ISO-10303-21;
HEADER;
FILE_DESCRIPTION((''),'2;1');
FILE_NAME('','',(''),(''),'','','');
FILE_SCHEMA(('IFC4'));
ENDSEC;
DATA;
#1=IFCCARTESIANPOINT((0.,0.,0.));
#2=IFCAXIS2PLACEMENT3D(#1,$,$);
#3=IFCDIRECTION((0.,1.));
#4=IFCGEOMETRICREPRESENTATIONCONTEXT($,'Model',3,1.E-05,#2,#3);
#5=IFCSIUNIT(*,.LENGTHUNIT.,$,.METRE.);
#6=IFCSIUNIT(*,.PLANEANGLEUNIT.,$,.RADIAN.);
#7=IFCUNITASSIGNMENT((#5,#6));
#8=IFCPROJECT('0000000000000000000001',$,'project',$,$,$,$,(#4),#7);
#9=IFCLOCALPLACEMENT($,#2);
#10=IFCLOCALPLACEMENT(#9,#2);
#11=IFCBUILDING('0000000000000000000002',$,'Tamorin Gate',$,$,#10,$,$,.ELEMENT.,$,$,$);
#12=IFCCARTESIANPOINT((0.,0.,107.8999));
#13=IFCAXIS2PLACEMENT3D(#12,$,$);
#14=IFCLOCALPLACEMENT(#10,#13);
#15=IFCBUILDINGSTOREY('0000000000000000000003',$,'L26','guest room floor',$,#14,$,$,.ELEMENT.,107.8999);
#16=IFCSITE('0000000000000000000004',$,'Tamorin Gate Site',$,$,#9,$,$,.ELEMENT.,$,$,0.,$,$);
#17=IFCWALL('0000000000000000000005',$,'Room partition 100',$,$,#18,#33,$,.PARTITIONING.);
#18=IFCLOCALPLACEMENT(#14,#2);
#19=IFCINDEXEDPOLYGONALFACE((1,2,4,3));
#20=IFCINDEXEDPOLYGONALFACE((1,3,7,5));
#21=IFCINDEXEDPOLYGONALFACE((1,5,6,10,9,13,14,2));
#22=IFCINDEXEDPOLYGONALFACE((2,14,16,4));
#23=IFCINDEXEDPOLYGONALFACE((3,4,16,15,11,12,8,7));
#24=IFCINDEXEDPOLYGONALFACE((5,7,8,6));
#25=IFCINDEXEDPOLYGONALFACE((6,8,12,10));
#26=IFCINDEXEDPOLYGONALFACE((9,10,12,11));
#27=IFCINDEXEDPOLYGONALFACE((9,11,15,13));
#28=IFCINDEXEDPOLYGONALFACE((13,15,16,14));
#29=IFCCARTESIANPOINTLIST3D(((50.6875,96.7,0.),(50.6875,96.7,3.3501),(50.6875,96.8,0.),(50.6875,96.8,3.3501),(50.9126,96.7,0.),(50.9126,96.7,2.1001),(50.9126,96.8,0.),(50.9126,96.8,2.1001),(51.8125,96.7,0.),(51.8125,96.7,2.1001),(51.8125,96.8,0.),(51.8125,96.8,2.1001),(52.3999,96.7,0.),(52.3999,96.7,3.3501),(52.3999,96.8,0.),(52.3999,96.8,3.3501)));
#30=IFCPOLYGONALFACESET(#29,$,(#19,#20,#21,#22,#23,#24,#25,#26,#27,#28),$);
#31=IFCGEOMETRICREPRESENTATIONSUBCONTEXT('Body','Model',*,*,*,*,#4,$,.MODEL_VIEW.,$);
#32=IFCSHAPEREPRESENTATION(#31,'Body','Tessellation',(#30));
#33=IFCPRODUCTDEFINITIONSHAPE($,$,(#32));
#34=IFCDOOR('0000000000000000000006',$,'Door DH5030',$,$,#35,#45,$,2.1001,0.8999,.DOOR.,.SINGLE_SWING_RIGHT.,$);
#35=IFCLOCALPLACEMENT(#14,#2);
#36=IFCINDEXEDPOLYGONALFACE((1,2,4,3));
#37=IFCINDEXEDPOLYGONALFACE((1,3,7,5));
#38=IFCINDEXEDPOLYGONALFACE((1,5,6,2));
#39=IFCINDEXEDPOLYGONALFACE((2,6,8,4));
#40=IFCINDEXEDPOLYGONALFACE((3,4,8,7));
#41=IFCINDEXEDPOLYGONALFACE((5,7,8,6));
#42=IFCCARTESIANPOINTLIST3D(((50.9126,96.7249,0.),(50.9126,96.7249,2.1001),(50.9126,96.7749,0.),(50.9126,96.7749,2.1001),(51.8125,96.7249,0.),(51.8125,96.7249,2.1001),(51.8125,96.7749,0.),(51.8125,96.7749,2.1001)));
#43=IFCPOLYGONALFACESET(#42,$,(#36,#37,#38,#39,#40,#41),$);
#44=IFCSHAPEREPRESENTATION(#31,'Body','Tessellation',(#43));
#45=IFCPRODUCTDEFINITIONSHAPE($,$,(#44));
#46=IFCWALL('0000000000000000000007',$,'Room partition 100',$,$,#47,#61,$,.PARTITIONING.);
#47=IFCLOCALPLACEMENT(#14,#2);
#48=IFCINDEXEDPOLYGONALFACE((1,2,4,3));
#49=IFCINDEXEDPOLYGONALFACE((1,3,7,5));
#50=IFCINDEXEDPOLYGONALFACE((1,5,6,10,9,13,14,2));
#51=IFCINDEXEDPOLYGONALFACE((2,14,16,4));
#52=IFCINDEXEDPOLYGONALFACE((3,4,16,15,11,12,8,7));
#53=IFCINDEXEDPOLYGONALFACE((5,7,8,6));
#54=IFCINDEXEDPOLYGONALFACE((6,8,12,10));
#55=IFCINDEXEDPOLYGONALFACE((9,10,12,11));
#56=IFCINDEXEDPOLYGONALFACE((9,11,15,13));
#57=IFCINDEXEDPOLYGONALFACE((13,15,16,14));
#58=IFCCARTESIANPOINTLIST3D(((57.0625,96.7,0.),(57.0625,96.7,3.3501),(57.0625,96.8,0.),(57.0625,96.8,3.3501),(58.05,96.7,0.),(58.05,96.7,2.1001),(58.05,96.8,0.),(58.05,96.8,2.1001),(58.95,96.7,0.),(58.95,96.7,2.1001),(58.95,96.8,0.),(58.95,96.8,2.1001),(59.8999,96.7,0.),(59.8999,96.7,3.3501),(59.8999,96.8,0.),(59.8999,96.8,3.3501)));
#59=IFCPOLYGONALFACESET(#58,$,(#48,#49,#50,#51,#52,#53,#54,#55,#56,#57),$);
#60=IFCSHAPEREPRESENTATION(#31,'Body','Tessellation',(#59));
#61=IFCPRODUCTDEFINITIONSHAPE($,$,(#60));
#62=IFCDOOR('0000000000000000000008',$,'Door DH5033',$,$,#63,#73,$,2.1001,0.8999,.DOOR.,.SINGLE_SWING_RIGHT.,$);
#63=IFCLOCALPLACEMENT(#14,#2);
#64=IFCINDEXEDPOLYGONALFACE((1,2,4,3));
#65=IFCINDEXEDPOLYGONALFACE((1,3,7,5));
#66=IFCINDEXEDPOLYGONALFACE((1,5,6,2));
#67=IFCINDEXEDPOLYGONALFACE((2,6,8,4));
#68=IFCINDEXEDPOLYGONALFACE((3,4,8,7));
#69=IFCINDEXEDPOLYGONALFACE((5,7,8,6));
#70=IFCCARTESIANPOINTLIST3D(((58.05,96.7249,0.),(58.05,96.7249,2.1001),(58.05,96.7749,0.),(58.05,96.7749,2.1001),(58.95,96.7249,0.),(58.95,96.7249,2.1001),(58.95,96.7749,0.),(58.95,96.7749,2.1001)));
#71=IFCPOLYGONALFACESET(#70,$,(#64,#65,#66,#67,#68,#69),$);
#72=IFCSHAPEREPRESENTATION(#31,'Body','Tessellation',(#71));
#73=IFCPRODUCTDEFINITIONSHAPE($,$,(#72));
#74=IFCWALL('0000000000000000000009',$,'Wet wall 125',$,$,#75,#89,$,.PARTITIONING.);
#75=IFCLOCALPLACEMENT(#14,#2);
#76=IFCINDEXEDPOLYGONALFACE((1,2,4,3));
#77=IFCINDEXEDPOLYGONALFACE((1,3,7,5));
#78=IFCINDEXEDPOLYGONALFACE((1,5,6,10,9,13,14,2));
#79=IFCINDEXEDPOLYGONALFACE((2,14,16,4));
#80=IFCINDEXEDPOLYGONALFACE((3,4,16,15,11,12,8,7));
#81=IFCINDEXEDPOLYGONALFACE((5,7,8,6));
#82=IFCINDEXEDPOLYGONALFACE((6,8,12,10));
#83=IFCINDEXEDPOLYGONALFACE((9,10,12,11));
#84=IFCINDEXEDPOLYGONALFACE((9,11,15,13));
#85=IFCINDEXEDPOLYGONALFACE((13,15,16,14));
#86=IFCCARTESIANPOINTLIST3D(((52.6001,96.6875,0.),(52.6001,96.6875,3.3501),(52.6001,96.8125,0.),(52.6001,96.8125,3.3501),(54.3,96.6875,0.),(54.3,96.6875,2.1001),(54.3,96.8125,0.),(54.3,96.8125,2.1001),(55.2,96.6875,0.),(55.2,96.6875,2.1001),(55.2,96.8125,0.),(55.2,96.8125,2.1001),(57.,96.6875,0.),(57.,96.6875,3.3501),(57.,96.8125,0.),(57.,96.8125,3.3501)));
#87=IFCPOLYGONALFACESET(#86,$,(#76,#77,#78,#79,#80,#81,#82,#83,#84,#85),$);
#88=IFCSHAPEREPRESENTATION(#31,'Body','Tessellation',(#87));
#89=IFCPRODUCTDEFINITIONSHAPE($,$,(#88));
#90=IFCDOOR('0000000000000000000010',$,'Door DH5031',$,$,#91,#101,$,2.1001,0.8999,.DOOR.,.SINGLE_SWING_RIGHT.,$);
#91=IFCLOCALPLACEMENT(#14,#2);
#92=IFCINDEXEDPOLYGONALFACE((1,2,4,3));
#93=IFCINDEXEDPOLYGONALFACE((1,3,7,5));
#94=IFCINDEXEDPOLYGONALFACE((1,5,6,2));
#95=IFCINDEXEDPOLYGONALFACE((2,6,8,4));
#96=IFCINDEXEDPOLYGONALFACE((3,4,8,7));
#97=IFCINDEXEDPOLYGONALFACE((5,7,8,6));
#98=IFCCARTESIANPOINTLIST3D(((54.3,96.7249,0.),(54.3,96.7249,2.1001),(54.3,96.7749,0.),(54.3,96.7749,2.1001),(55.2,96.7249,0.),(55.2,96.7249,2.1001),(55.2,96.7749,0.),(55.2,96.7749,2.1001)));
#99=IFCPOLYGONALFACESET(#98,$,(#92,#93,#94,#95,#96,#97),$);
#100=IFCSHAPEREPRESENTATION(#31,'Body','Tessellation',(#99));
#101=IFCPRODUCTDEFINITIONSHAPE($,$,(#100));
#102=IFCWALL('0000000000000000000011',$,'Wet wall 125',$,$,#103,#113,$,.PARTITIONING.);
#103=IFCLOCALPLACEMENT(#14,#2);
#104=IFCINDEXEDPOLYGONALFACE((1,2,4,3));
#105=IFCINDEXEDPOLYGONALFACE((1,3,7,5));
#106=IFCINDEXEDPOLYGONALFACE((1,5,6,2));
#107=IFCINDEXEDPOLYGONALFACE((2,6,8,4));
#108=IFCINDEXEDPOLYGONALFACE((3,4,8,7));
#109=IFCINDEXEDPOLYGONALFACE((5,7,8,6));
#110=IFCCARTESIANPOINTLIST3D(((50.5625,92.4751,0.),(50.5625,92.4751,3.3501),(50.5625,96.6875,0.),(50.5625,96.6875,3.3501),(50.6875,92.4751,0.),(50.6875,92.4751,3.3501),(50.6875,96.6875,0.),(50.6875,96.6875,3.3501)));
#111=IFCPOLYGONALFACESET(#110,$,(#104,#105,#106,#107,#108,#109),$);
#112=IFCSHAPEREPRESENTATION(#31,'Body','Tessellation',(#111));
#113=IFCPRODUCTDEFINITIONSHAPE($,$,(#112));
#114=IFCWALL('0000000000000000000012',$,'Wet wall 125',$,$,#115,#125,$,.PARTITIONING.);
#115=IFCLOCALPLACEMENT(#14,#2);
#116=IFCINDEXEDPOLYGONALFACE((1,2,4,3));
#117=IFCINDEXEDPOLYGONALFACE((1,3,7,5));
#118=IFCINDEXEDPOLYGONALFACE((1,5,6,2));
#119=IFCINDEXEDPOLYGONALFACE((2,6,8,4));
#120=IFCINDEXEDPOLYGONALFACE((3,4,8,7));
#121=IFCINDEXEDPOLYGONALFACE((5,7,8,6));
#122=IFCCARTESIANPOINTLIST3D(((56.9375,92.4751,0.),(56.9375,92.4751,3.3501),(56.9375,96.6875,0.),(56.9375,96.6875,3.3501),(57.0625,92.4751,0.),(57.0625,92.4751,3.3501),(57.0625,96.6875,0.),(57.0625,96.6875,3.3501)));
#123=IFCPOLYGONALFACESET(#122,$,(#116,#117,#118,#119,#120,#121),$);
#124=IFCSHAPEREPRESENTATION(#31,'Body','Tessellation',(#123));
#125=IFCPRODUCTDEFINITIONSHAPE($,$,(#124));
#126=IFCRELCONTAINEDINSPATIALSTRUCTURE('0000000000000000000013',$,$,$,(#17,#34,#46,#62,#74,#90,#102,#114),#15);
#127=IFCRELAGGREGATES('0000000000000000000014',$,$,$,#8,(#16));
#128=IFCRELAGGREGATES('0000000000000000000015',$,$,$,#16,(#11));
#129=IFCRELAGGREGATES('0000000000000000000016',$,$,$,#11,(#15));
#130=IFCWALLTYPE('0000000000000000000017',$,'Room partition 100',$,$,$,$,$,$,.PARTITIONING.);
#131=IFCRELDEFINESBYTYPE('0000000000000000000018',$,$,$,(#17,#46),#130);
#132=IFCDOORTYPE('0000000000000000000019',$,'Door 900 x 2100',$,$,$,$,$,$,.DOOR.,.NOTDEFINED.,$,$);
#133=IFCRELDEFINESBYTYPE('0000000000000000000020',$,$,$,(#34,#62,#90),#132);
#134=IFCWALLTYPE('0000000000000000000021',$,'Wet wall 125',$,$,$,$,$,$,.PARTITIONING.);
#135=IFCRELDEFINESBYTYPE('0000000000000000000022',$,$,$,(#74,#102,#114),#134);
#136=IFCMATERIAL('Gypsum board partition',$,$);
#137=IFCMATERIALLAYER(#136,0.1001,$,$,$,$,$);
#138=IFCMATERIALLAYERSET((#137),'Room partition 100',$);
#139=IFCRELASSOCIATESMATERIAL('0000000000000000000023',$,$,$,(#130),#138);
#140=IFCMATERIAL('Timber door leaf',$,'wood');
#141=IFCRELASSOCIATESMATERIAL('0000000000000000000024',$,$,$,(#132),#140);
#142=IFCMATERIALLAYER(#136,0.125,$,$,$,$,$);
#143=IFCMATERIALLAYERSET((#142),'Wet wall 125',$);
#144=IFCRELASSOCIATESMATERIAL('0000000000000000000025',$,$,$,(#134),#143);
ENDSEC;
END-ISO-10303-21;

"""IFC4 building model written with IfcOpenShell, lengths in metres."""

from ifc_helpers import new_model, si_unit, direction, frame, frame_2d, origin, place, context, subcontext, project, spatial, rectangle, extrude, material, layer, layer_set, type_object, element, fill, save


model = new_model("IFC4")

# Units and contexts
model_context = context("Model", 3, precision=1e-05, world=origin(), true_north=direction((0.0, 1.0)))
body_context = subcontext(model_context, "Body", "Model", "MODEL_VIEW")
ifc_project = project(units=[si_unit("LENGTHUNIT", "METRE"), si_unit("PLANEANGLEUNIT", "RADIAN")], contexts=[model_context])

# Site, building, storey
site_placement = place(None, origin())
site = spatial("IfcSite", under=ifc_project, at=site_placement, Name="Tamorin Gate Site", CompositionType="ELEMENT", RefElevation=0.0)
building_placement = place(site_placement, origin())
building = spatial("IfcBuilding", under=site, at=building_placement, Name="Tamorin Gate", CompositionType="ELEMENT")
storey_placement = place(building_placement, frame((0.0, 0.0, 107.8999)))
storey = spatial("IfcBuildingStorey", under=building, at=storey_placement, Name="L26", Description="guest room floor", CompositionType="ELEMENT", Elevation=107.8999)

# Shared definitions
ifc_material_1 = material(Name="Gypsum board partition")

# Walls, openings, doors
ifc_layer_1 = layer(ifc_material_1, 0.1001)
ifc_layer_set_1 = layer_set([ifc_layer_1], Name="Room partition 100")
wall_type_1 = type_object("IfcWallType", Name="Room partition 100", PredefinedType="PARTITIONING", material=ifc_layer_set_1)
wall_1_placement = place(storey_placement, frame((50.6875, 96.75, 0.0), z_axis=(0.0, 0.0, 1.0), x_axis=(1.0, 0.0, 0.0)))
wall_1 = element("IfcWall", 1, at=wall_1_placement, inside=storey, type_object=wall_type_1, Name="Room partition 100", PredefinedType="PARTITIONING", context=body_context, shape_type="SweptSolid", body=[
    extrude(rectangle(XDim=1.7124, YDim=0.1001, at=frame_2d((0.8562, 0.0))), origin(), (0.0, 0.0, 1.0), 3.3501),
])
opening_1_placement = place(wall_1_placement, frame((0.2251, 0.0, 0.0)))
opening_1 = element("IfcOpeningElement", 2, at=opening_1_placement, cuts=wall_1, PredefinedType="OPENING", context=body_context, shape_type="SweptSolid", body=[
    extrude(rectangle(XDim=0.8999, YDim=2.1001, at=frame_2d((0.45, 1.05))), frame((0.0, 0.0601, 0.0), z_axis=(0.0, -1.0, 0.0), x_axis=(1.0, 0.0, 0.0)), (0.0, 0.0, 1.0), 0.1201),
])
ifc_material_2 = material(Name="Timber door leaf", Category="wood")
door_type = type_object("IfcDoorType", Name="Door 900 x 2100", OperationType="NOTDEFINED", PredefinedType="DOOR", material=ifc_material_2)
door_1_placement = place(opening_1_placement, origin())
door_1 = element("IfcDoor", 3, at=door_1_placement, inside=storey, type_object=door_type, Name="Door DH5030", OperationType="SINGLE_SWING_RIGHT", OverallHeight=2.1001, OverallWidth=0.8999, PredefinedType="DOOR", context=body_context, shape_type="SweptSolid", body=[
    extrude(rectangle(XDim=0.8999, YDim=2.1001, at=frame_2d((0.45, 1.05))), frame((0.0, 0.0249, 0.0), z_axis=(0.0, -1.0, 0.0), x_axis=(1.0, 0.0, 0.0)), (0.0, 0.0, 1.0), 0.05),
])
fill(opening_1, door_1)
wall_2_placement = place(storey_placement, frame((57.0625, 96.75, 0.0), z_axis=(0.0, 0.0, 1.0), x_axis=(1.0, 0.0, 0.0)))
wall_2 = element("IfcWall", 4, at=wall_2_placement, inside=storey, type_object=wall_type_1, Name="Room partition 100", PredefinedType="PARTITIONING", context=body_context, shape_type="SweptSolid", body=[
    extrude(rectangle(XDim=2.8374, YDim=0.1001, at=frame_2d((1.4187, 0.0))), origin(), (0.0, 0.0, 1.0), 3.3501),
])
opening_2_placement = place(wall_2_placement, frame((0.9875, 0.0, 0.0)))
opening_2 = element("IfcOpeningElement", 5, at=opening_2_placement, cuts=wall_2, PredefinedType="OPENING", context=body_context, shape_type="SweptSolid", body=[
    extrude(rectangle(XDim=0.8999, YDim=2.1001, at=frame_2d((0.45, 1.05))), frame((0.0, 0.0601, 0.0), z_axis=(0.0, -1.0, 0.0), x_axis=(1.0, 0.0, 0.0)), (0.0, 0.0, 1.0), 0.1201),
])
door_2_placement = place(opening_2_placement, origin())
door_2 = element("IfcDoor", 6, at=door_2_placement, inside=storey, type_object=door_type, Name="Door DH5033", OperationType="SINGLE_SWING_RIGHT", OverallHeight=2.1001, OverallWidth=0.8999, PredefinedType="DOOR", context=body_context, shape_type="SweptSolid", body=[
    extrude(rectangle(XDim=0.8999, YDim=2.1001, at=frame_2d((0.45, 1.05))), frame((0.0, 0.0249, 0.0), z_axis=(0.0, -1.0, 0.0), x_axis=(1.0, 0.0, 0.0)), (0.0, 0.0, 1.0), 0.05),
])
fill(opening_2, door_2)
ifc_layer_2 = layer(ifc_material_1, 0.125)
ifc_layer_set_2 = layer_set([ifc_layer_2], Name="Wet wall 125")
wall_type_2 = type_object("IfcWallType", Name="Wet wall 125", PredefinedType="PARTITIONING", material=ifc_layer_set_2)
wall_3_placement = place(storey_placement, frame((52.6001, 96.75, 0.0), z_axis=(0.0, 0.0, 1.0), x_axis=(1.0, 0.0, 0.0)))
wall_3 = element("IfcWall", 7, at=wall_3_placement, inside=storey, type_object=wall_type_2, Name="Wet wall 125", PredefinedType="PARTITIONING", context=body_context, shape_type="SweptSolid", body=[
    extrude(rectangle(XDim=4.3999, YDim=0.125, at=frame_2d((2.2, 0.0))), origin(), (0.0, 0.0, 1.0), 3.3501),
])
opening_3_placement = place(wall_3_placement, frame((1.7, 0.0, 0.0)))
opening_3 = element("IfcOpeningElement", 8, at=opening_3_placement, cuts=wall_3, PredefinedType="OPENING", context=body_context, shape_type="SweptSolid", body=[
    extrude(rectangle(XDim=0.8999, YDim=2.1001, at=frame_2d((0.45, 1.05))), frame((0.0, 0.0725, 0.0), z_axis=(0.0, -1.0, 0.0), x_axis=(1.0, 0.0, 0.0)), (0.0, 0.0, 1.0), 0.145),
])
door_3_placement = place(opening_3_placement, origin())
door_3 = element("IfcDoor", 9, at=door_3_placement, inside=storey, type_object=door_type, Name="Door DH5031", OperationType="SINGLE_SWING_RIGHT", OverallHeight=2.1001, OverallWidth=0.8999, PredefinedType="DOOR", context=body_context, shape_type="SweptSolid", body=[
    extrude(rectangle(XDim=0.8999, YDim=2.1001, at=frame_2d((0.45, 1.05))), frame((0.0, 0.0249, 0.0), z_axis=(0.0, -1.0, 0.0), x_axis=(1.0, 0.0, 0.0)), (0.0, 0.0, 1.0), 0.05),
])
fill(opening_3, door_3)

# Walls
for number, where, z_axis, x_axis, name in (
    (10, (50.625, 92.4751, 0.0), (0.0, 0.0, 1.0), (0.0, 1.0, 0.0), "Wet wall 125"),
    (11, (57.0, 92.4751, 0.0), (0.0, 0.0, 1.0), (0.0, 1.0, 0.0), "Wet wall 125"),
):
    element("IfcWall", number, at=place(storey_placement, frame(where, z_axis=z_axis, x_axis=x_axis)), inside=storey, type_object=wall_type_2, Name=name, PredefinedType="PARTITIONING", context=body_context, shape_type="SweptSolid", body=[
        extrude(rectangle(XDim=4.2124, YDim=0.125, at=frame_2d((2.1062, 0.0))), origin(), (0.0, 0.0, 1.0), 3.3501),
    ])

save(model, "model.ifc")
